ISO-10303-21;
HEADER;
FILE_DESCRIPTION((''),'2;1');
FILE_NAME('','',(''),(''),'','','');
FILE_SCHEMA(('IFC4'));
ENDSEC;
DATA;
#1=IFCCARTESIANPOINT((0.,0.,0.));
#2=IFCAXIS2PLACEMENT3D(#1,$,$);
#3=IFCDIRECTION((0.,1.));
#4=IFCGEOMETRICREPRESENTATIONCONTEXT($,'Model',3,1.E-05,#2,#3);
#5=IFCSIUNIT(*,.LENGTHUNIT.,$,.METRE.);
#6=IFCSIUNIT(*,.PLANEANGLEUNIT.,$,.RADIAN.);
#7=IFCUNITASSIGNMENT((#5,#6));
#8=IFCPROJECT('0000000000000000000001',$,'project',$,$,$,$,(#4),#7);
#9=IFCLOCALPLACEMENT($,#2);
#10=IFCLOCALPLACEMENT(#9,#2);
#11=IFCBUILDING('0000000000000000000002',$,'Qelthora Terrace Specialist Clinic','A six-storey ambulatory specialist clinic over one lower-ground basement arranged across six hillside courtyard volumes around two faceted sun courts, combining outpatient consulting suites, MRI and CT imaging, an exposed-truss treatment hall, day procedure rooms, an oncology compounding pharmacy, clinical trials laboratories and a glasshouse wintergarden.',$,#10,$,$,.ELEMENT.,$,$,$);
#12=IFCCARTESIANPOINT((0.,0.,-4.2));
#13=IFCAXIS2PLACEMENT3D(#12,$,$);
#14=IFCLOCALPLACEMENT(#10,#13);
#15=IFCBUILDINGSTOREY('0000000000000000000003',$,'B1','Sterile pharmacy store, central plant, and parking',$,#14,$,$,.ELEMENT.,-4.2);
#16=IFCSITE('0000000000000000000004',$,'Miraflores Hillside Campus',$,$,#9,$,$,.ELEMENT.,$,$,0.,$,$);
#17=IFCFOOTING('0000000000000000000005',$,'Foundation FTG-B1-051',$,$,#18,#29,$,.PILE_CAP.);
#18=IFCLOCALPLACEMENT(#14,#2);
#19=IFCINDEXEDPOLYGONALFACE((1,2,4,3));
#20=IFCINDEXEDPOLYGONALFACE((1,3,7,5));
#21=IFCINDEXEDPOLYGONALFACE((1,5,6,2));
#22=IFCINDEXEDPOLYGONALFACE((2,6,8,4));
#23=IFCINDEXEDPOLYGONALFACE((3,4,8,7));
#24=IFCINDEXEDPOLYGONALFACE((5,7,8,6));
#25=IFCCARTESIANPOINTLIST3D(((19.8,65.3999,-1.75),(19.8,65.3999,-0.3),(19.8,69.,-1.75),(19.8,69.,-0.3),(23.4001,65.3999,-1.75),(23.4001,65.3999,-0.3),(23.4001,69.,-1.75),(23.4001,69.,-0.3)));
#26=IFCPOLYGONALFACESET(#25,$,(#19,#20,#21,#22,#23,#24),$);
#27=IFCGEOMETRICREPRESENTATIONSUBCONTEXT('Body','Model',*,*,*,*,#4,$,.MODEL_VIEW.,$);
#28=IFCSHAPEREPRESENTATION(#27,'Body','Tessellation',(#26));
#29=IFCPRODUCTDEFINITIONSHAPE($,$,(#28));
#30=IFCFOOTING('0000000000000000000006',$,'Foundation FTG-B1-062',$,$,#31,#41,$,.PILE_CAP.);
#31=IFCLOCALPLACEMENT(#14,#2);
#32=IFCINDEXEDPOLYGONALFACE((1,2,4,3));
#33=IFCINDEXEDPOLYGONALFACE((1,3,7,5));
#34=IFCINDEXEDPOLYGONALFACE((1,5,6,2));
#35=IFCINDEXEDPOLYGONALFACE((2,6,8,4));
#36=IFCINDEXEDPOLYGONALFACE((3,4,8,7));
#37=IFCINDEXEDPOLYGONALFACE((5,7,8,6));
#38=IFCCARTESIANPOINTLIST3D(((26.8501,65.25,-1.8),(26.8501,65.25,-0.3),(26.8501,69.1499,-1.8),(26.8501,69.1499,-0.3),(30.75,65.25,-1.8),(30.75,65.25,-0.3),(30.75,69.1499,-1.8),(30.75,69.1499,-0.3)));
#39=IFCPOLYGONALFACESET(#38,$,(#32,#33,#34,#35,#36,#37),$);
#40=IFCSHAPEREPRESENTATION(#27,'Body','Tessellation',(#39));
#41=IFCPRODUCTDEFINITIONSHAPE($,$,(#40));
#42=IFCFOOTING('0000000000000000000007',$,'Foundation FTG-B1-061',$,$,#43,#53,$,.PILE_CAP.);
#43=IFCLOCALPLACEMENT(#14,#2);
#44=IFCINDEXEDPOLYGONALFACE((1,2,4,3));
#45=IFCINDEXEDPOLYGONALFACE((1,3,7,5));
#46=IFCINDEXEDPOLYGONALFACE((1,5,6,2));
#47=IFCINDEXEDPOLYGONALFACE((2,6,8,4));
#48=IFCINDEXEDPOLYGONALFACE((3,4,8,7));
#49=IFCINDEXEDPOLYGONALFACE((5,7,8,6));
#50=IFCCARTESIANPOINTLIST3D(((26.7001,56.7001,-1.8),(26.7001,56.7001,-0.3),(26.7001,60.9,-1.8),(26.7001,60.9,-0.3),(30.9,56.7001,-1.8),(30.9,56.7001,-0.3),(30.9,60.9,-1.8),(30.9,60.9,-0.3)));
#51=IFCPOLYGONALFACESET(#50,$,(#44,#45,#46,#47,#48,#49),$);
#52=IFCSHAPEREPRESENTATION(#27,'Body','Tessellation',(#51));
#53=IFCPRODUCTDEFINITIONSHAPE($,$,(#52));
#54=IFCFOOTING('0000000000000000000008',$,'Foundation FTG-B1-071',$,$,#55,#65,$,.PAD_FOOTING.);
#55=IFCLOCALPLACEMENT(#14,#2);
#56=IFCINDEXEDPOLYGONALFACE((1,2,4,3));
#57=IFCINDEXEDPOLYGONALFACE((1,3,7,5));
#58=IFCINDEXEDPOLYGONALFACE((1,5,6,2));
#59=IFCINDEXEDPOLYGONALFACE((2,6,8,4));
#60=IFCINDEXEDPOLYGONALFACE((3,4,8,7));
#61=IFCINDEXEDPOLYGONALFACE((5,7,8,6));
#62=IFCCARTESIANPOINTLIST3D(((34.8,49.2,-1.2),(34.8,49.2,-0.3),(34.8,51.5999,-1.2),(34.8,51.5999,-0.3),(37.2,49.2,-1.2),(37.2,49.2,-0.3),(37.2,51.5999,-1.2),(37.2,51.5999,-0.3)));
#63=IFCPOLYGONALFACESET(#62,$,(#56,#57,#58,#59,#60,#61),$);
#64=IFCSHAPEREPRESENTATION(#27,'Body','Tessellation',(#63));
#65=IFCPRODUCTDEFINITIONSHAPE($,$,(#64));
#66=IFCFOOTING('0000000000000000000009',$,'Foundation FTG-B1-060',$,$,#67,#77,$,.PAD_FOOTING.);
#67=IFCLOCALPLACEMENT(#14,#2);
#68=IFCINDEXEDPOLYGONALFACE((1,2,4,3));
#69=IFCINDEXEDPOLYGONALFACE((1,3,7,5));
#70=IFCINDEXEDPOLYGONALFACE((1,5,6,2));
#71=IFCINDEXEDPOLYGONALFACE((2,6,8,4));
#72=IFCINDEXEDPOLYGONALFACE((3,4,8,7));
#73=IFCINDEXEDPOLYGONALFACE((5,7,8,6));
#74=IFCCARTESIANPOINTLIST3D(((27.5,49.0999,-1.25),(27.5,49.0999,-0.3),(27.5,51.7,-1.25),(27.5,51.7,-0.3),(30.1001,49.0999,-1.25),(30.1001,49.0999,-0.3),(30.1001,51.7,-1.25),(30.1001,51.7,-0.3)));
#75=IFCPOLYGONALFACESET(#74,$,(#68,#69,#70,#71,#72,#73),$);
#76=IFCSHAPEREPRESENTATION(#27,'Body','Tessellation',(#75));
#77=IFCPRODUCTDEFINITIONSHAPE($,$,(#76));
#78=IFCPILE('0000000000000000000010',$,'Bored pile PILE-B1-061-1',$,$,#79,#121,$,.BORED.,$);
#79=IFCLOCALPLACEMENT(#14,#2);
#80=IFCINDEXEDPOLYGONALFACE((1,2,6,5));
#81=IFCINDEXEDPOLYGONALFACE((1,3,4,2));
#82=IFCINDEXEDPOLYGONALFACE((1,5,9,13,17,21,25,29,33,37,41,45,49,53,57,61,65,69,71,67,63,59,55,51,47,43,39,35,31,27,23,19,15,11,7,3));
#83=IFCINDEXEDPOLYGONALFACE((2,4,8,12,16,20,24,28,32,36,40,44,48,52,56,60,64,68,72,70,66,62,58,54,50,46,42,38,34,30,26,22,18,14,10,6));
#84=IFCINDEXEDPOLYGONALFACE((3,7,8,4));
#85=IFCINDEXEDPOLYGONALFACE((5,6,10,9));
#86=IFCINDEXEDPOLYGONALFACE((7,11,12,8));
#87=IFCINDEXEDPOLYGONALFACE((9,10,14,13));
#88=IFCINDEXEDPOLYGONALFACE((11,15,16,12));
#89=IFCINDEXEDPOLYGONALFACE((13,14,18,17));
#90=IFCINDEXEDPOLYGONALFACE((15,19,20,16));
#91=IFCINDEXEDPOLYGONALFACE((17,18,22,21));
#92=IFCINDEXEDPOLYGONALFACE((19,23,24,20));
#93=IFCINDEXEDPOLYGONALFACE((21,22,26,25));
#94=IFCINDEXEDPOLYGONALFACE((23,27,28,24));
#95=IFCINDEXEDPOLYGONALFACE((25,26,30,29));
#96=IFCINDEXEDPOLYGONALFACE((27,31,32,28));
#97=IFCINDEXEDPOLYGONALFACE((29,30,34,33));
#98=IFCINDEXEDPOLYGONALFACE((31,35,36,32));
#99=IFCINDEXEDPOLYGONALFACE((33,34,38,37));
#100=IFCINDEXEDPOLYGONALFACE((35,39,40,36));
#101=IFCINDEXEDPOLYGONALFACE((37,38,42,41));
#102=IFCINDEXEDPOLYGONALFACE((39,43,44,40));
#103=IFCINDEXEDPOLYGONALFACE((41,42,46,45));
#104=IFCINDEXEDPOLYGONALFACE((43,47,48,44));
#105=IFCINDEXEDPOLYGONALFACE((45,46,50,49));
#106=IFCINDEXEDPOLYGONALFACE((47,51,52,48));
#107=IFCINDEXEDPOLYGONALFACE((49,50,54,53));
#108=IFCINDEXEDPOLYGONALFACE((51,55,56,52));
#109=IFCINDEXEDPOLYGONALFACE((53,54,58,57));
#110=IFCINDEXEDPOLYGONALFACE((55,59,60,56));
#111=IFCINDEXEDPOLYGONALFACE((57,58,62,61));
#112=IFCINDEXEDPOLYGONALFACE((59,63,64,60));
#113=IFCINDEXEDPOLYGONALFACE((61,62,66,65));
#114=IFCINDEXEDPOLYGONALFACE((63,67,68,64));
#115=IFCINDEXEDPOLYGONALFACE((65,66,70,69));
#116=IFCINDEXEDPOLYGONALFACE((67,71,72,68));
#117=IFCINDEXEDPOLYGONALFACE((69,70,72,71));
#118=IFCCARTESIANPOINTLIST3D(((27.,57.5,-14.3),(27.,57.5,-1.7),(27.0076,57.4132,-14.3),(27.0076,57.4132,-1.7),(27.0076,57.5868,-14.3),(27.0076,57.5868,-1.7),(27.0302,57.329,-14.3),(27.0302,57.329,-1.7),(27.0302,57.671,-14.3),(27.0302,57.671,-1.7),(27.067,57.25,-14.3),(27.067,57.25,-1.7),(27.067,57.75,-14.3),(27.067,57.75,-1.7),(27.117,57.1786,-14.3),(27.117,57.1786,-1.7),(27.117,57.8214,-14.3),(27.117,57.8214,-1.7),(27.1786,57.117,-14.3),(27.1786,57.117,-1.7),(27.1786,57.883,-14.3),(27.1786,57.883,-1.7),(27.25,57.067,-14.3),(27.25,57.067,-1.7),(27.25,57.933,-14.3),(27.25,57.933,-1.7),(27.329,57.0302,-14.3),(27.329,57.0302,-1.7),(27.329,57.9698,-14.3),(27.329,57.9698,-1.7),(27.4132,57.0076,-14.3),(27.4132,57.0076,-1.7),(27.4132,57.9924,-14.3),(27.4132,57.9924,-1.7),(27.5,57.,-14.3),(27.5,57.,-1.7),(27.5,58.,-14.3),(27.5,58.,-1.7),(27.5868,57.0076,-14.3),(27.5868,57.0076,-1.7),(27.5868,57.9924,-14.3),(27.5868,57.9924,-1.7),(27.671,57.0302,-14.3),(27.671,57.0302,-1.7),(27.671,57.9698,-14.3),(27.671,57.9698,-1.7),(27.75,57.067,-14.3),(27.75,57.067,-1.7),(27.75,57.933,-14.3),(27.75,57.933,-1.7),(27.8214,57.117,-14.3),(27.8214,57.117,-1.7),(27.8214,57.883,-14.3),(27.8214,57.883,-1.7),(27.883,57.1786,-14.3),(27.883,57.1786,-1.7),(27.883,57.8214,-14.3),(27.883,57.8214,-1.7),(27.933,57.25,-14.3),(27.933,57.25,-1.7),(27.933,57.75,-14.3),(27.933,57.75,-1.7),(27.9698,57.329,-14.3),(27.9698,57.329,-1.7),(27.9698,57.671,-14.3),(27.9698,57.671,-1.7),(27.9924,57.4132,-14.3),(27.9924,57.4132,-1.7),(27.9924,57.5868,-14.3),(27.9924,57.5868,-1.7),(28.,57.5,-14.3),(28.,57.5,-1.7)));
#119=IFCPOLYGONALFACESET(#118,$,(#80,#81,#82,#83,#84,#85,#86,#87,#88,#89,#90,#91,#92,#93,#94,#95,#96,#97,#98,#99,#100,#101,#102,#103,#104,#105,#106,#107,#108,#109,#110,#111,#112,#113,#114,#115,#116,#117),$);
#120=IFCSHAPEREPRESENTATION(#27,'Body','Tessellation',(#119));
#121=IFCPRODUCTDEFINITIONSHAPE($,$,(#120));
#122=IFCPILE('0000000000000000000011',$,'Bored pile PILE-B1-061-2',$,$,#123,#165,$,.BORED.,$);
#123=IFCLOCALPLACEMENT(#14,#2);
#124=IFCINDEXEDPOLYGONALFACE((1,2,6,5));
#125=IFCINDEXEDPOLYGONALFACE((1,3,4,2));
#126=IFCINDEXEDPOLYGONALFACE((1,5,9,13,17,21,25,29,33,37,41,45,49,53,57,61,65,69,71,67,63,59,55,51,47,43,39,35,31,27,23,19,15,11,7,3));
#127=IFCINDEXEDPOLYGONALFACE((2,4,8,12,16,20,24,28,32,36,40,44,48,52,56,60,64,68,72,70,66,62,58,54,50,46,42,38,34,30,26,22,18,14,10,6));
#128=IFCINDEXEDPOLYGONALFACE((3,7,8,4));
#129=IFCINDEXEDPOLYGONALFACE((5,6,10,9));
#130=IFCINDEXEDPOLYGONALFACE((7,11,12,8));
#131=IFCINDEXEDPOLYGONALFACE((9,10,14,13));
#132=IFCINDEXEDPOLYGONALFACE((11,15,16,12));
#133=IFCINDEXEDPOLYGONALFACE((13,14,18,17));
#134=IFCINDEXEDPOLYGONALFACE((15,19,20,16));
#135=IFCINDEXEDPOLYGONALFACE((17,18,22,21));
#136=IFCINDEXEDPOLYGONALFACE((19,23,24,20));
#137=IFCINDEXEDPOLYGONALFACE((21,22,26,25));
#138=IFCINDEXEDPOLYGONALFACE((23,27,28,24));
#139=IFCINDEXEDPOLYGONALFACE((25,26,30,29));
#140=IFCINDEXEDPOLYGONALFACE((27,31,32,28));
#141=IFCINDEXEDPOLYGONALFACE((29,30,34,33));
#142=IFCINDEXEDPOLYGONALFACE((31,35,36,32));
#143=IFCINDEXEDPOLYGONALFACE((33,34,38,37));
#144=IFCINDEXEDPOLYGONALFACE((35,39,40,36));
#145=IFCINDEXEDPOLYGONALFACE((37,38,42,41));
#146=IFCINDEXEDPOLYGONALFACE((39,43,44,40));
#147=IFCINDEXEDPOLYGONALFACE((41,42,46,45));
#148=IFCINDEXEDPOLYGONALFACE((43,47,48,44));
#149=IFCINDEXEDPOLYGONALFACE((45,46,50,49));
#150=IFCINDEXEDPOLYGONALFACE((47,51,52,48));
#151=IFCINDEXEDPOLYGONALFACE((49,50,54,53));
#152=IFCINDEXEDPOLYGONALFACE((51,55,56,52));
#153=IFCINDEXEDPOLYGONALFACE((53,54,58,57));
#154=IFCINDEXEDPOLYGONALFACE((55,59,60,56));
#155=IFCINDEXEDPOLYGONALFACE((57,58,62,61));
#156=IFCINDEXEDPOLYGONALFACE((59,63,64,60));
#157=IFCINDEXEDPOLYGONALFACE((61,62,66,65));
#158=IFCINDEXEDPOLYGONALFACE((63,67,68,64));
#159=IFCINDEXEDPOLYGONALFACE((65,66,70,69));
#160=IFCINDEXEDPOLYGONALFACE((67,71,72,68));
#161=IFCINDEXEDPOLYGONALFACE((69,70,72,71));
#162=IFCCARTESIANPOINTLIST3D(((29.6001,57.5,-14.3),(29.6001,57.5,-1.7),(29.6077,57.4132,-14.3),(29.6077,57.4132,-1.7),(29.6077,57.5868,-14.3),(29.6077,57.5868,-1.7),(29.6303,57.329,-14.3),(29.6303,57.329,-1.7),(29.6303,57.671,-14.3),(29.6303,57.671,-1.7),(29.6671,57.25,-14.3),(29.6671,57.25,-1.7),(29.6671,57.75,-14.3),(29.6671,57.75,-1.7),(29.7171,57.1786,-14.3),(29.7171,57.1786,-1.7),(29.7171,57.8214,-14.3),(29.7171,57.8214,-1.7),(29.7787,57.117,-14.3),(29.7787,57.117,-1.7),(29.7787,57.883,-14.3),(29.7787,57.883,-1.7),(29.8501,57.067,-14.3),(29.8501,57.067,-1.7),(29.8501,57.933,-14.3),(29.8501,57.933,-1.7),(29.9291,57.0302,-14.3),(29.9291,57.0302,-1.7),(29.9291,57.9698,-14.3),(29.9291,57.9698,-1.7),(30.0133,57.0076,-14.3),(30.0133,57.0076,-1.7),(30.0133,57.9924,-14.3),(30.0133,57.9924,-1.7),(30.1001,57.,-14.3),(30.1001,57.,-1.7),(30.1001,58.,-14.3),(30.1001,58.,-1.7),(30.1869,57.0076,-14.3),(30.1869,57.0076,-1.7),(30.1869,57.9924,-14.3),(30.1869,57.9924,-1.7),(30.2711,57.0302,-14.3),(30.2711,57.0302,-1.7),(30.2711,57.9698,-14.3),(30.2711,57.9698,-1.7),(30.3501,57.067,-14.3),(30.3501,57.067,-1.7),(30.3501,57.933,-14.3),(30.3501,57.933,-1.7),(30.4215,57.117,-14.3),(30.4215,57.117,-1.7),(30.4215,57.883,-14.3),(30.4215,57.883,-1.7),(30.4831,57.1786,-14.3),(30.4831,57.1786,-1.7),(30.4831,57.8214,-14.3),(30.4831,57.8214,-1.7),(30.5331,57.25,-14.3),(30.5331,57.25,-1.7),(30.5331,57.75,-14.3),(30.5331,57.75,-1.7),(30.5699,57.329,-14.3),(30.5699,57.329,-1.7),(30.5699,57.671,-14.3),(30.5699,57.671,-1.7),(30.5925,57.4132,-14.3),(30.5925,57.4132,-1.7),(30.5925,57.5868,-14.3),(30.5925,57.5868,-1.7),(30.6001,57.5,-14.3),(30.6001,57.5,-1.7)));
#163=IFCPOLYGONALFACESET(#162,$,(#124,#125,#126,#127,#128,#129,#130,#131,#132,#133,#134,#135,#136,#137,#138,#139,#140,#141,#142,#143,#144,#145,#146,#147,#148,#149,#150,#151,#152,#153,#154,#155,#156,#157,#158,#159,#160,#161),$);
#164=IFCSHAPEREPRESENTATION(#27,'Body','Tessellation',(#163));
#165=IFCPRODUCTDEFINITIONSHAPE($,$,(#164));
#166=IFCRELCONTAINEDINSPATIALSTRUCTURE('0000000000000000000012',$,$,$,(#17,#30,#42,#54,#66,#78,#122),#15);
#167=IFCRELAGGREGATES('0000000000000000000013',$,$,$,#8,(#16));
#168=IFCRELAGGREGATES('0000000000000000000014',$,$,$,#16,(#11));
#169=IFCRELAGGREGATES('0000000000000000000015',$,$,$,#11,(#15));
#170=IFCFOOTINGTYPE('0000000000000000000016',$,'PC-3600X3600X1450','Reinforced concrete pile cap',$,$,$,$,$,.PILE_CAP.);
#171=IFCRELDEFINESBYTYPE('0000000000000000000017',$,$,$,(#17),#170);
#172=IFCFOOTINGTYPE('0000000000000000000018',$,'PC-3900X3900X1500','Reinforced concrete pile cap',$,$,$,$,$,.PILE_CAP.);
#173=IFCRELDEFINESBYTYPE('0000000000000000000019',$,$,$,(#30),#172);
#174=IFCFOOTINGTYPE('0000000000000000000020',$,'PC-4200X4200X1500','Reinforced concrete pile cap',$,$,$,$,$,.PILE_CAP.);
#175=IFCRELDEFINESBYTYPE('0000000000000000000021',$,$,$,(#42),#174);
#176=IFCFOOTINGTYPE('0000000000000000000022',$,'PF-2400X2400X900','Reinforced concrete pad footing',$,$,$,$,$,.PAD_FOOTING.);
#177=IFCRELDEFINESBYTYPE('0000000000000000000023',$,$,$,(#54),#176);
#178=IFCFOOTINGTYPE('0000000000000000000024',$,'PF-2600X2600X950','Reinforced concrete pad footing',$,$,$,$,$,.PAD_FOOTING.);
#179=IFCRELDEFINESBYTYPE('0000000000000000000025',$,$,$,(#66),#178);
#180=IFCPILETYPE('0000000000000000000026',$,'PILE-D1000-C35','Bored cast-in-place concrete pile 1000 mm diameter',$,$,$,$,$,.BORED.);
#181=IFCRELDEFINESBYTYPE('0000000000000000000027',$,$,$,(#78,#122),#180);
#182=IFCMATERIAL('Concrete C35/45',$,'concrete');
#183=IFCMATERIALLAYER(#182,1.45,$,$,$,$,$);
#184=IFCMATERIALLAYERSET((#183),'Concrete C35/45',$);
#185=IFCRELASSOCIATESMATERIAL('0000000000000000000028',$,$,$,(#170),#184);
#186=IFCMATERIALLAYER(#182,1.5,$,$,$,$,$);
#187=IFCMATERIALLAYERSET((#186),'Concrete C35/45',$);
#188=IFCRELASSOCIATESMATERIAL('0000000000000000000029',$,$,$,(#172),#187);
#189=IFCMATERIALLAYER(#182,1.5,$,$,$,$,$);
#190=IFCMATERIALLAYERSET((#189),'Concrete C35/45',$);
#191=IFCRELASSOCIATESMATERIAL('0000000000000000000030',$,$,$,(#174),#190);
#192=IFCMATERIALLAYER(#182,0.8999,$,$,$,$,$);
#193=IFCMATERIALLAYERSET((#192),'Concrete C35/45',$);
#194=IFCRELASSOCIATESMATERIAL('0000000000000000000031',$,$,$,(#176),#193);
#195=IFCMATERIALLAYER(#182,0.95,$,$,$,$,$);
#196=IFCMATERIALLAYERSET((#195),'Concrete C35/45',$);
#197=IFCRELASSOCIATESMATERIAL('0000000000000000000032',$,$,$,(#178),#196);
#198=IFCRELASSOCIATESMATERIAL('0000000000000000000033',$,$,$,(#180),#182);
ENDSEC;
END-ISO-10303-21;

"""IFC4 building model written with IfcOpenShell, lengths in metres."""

from ifc_helpers import new_model, si_unit, direction, frame, origin, origin_2d, place, context, subcontext, project, spatial, rectangle, circle, extrude, material, layer, layer_set, material_profile, profile_set, type_object, element, save


model = new_model("IFC4")

# Units and contexts
model_context = context("Model", 3, precision=1e-05, world=origin(), true_north=direction((0.0, 1.0)))
body_context = subcontext(model_context, "Body", "Model", "MODEL_VIEW")
ifc_project = project(units=[si_unit("LENGTHUNIT", "METRE"), si_unit("PLANEANGLEUNIT", "RADIAN")], contexts=[model_context])

# Site, building, storey
site_placement = place(None, origin())
site = spatial("IfcSite", under=ifc_project, at=site_placement, Name="Miraflores Hillside Campus", CompositionType="ELEMENT", RefElevation=0.0)
building_placement = place(site_placement, origin())
building = spatial("IfcBuilding", under=site, at=building_placement, Name="Qelthora Terrace Specialist Clinic", Description="A six-storey ambulatory specialist clinic over one lower-ground basement arranged across six hillside courtyard volumes around two faceted sun courts, combining outpatient consulting suites, MRI and CT imaging, an exposed-truss treatment hall, day procedure rooms, an oncology compounding pharmacy, clinical trials laboratories and a glasshouse wintergarden.", CompositionType="ELEMENT")
storey_placement = place(building_placement, frame((0.0, 0.0, -4.2)))
storey = spatial("IfcBuildingStorey", under=building, at=storey_placement, Name="B1", Description="Sterile pharmacy store, central plant, and parking", CompositionType="ELEMENT", Elevation=-4.2)

# Footings
ifc_material_1 = material(Name="Concrete C35/45", Category="concrete")
ifc_layer_1 = layer(ifc_material_1, 1.45)
ifc_layer_set_1 = layer_set([ifc_layer_1], Name="Concrete C35/45")
footing_type_1 = type_object("IfcFootingType", Name="PC-3600X3600X1450", Description="Reinforced concrete pile cap", PredefinedType="PILE_CAP", material=ifc_layer_set_1)
footing_1_placement = place(storey_placement, frame((21.6001, 67.2, -1.75), z_axis=(0.0, 0.0, 1.0), x_axis=(1.0, 0.0, 0.0)))
element("IfcFooting", 1, at=footing_1_placement, inside=storey, type_object=footing_type_1, Name="Foundation FTG-B1-051", PredefinedType="PILE_CAP", context=body_context, shape_type="SweptSolid", body=[
    extrude(rectangle(XDim=3.6001, YDim=3.6001, at=origin_2d()), origin(), (0.0, 0.0, 1.0), 1.45),
])
ifc_layer_2 = layer(ifc_material_1, 1.5)
ifc_layer_set_2 = layer_set([ifc_layer_2], Name="Concrete C35/45")
footing_type_2 = type_object("IfcFootingType", Name="PC-3900X3900X1500", Description="Reinforced concrete pile cap", PredefinedType="PILE_CAP", material=ifc_layer_set_2)
footing_2_placement = place(storey_placement, frame((28.8, 67.2, -1.8), z_axis=(0.0, 0.0, 1.0), x_axis=(1.0, 0.0, 0.0)))
element("IfcFooting", 2, at=footing_2_placement, inside=storey, type_object=footing_type_2, Name="Foundation FTG-B1-062", PredefinedType="PILE_CAP", context=body_context, shape_type="SweptSolid", body=[
    extrude(rectangle(XDim=3.8999, YDim=3.8999, at=origin_2d()), origin(), (0.0, 0.0, 1.0), 1.5),
])
ifc_layer_3 = layer(ifc_material_1, 1.5)
ifc_layer_set_3 = layer_set([ifc_layer_3], Name="Concrete C35/45")
footing_type_3 = type_object("IfcFootingType", Name="PC-4200X4200X1500", Description="Reinforced concrete pile cap", PredefinedType="PILE_CAP", material=ifc_layer_set_3)
footing_3_placement = place(storey_placement, frame((28.8, 58.8, -1.8), z_axis=(0.0, 0.0, 1.0), x_axis=(1.0, 0.0, 0.0)))
element("IfcFooting", 3, at=footing_3_placement, inside=storey, type_object=footing_type_3, Name="Foundation FTG-B1-061", PredefinedType="PILE_CAP", context=body_context, shape_type="SweptSolid", body=[
    extrude(rectangle(XDim=4.2, YDim=4.2, at=origin_2d()), origin(), (0.0, 0.0, 1.0), 1.5),
])
ifc_layer_4 = layer(ifc_material_1, 0.8999)
ifc_layer_set_4 = layer_set([ifc_layer_4], Name="Concrete C35/45")
footing_type_4 = type_object("IfcFootingType", Name="PF-2400X2400X900", Description="Reinforced concrete pad footing", PredefinedType="PAD_FOOTING", material=ifc_layer_set_4)
footing_4_placement = place(storey_placement, frame((36.0, 50.3999, -1.2), z_axis=(0.0, 0.0, 1.0), x_axis=(1.0, 0.0, 0.0)))
element("IfcFooting", 4, at=footing_4_placement, inside=storey, type_object=footing_type_4, Name="Foundation FTG-B1-071", PredefinedType="PAD_FOOTING", context=body_context, shape_type="SweptSolid", body=[
    extrude(rectangle(XDim=2.3999, YDim=2.3999, at=origin_2d()), origin(), (0.0, 0.0, 1.0), 0.8999),
])
ifc_layer_5 = layer(ifc_material_1, 0.95)
ifc_layer_set_5 = layer_set([ifc_layer_5], Name="Concrete C35/45")
footing_type_5 = type_object("IfcFootingType", Name="PF-2600X2600X950", Description="Reinforced concrete pad footing", PredefinedType="PAD_FOOTING", material=ifc_layer_set_5)
footing_5_placement = place(storey_placement, frame((28.8, 50.3999, -1.25), z_axis=(0.0, 0.0, 1.0), x_axis=(1.0, 0.0, 0.0)))
element("IfcFooting", 5, at=footing_5_placement, inside=storey, type_object=footing_type_5, Name="Foundation FTG-B1-060", PredefinedType="PAD_FOOTING", context=body_context, shape_type="SweptSolid", body=[
    extrude(rectangle(XDim=2.6001, YDim=2.6001, at=origin_2d()), origin(), (0.0, 0.0, 1.0), 0.95),
])

# Piles
ifc_material_profile_1 = material_profile(ifc_material_1, circle(Radius=0.5, at=origin_2d()), Name="PILE1000")
ifc_profile_set_1 = profile_set([ifc_material_profile_1], Name="Concrete C35/45")
pile_type_1 = type_object("IfcPileType", Name="PILE-D1000-C35", Description="Bored cast-in-place concrete pile 1000 mm diameter", PredefinedType="BORED", material=ifc_profile_set_1)
for number, where, z_axis, x_axis, name in (
    (6, (27.5, 57.5, -1.7), (0.0, 0.0, -1.0), (1.0, 0.0, 0.0), "Bored pile PILE-B1-061-1"),
    (7, (30.1001, 57.5, -1.7), (0.0, 0.0, -1.0), (1.0, 0.0, 0.0), "Bored pile PILE-B1-061-2"),
):
    element("IfcPile", number, at=place(storey_placement, frame(where, z_axis=z_axis, x_axis=x_axis)), inside=storey, type_object=pile_type_1, Name=name, PredefinedType="BORED", context=body_context, shape_type="SweptSolid", body=[
        extrude(circle(Radius=0.5, at=origin_2d()), origin(), (0.0, 0.0, 1.0), 12.6001),
    ])

save(model, "model.ifc")
